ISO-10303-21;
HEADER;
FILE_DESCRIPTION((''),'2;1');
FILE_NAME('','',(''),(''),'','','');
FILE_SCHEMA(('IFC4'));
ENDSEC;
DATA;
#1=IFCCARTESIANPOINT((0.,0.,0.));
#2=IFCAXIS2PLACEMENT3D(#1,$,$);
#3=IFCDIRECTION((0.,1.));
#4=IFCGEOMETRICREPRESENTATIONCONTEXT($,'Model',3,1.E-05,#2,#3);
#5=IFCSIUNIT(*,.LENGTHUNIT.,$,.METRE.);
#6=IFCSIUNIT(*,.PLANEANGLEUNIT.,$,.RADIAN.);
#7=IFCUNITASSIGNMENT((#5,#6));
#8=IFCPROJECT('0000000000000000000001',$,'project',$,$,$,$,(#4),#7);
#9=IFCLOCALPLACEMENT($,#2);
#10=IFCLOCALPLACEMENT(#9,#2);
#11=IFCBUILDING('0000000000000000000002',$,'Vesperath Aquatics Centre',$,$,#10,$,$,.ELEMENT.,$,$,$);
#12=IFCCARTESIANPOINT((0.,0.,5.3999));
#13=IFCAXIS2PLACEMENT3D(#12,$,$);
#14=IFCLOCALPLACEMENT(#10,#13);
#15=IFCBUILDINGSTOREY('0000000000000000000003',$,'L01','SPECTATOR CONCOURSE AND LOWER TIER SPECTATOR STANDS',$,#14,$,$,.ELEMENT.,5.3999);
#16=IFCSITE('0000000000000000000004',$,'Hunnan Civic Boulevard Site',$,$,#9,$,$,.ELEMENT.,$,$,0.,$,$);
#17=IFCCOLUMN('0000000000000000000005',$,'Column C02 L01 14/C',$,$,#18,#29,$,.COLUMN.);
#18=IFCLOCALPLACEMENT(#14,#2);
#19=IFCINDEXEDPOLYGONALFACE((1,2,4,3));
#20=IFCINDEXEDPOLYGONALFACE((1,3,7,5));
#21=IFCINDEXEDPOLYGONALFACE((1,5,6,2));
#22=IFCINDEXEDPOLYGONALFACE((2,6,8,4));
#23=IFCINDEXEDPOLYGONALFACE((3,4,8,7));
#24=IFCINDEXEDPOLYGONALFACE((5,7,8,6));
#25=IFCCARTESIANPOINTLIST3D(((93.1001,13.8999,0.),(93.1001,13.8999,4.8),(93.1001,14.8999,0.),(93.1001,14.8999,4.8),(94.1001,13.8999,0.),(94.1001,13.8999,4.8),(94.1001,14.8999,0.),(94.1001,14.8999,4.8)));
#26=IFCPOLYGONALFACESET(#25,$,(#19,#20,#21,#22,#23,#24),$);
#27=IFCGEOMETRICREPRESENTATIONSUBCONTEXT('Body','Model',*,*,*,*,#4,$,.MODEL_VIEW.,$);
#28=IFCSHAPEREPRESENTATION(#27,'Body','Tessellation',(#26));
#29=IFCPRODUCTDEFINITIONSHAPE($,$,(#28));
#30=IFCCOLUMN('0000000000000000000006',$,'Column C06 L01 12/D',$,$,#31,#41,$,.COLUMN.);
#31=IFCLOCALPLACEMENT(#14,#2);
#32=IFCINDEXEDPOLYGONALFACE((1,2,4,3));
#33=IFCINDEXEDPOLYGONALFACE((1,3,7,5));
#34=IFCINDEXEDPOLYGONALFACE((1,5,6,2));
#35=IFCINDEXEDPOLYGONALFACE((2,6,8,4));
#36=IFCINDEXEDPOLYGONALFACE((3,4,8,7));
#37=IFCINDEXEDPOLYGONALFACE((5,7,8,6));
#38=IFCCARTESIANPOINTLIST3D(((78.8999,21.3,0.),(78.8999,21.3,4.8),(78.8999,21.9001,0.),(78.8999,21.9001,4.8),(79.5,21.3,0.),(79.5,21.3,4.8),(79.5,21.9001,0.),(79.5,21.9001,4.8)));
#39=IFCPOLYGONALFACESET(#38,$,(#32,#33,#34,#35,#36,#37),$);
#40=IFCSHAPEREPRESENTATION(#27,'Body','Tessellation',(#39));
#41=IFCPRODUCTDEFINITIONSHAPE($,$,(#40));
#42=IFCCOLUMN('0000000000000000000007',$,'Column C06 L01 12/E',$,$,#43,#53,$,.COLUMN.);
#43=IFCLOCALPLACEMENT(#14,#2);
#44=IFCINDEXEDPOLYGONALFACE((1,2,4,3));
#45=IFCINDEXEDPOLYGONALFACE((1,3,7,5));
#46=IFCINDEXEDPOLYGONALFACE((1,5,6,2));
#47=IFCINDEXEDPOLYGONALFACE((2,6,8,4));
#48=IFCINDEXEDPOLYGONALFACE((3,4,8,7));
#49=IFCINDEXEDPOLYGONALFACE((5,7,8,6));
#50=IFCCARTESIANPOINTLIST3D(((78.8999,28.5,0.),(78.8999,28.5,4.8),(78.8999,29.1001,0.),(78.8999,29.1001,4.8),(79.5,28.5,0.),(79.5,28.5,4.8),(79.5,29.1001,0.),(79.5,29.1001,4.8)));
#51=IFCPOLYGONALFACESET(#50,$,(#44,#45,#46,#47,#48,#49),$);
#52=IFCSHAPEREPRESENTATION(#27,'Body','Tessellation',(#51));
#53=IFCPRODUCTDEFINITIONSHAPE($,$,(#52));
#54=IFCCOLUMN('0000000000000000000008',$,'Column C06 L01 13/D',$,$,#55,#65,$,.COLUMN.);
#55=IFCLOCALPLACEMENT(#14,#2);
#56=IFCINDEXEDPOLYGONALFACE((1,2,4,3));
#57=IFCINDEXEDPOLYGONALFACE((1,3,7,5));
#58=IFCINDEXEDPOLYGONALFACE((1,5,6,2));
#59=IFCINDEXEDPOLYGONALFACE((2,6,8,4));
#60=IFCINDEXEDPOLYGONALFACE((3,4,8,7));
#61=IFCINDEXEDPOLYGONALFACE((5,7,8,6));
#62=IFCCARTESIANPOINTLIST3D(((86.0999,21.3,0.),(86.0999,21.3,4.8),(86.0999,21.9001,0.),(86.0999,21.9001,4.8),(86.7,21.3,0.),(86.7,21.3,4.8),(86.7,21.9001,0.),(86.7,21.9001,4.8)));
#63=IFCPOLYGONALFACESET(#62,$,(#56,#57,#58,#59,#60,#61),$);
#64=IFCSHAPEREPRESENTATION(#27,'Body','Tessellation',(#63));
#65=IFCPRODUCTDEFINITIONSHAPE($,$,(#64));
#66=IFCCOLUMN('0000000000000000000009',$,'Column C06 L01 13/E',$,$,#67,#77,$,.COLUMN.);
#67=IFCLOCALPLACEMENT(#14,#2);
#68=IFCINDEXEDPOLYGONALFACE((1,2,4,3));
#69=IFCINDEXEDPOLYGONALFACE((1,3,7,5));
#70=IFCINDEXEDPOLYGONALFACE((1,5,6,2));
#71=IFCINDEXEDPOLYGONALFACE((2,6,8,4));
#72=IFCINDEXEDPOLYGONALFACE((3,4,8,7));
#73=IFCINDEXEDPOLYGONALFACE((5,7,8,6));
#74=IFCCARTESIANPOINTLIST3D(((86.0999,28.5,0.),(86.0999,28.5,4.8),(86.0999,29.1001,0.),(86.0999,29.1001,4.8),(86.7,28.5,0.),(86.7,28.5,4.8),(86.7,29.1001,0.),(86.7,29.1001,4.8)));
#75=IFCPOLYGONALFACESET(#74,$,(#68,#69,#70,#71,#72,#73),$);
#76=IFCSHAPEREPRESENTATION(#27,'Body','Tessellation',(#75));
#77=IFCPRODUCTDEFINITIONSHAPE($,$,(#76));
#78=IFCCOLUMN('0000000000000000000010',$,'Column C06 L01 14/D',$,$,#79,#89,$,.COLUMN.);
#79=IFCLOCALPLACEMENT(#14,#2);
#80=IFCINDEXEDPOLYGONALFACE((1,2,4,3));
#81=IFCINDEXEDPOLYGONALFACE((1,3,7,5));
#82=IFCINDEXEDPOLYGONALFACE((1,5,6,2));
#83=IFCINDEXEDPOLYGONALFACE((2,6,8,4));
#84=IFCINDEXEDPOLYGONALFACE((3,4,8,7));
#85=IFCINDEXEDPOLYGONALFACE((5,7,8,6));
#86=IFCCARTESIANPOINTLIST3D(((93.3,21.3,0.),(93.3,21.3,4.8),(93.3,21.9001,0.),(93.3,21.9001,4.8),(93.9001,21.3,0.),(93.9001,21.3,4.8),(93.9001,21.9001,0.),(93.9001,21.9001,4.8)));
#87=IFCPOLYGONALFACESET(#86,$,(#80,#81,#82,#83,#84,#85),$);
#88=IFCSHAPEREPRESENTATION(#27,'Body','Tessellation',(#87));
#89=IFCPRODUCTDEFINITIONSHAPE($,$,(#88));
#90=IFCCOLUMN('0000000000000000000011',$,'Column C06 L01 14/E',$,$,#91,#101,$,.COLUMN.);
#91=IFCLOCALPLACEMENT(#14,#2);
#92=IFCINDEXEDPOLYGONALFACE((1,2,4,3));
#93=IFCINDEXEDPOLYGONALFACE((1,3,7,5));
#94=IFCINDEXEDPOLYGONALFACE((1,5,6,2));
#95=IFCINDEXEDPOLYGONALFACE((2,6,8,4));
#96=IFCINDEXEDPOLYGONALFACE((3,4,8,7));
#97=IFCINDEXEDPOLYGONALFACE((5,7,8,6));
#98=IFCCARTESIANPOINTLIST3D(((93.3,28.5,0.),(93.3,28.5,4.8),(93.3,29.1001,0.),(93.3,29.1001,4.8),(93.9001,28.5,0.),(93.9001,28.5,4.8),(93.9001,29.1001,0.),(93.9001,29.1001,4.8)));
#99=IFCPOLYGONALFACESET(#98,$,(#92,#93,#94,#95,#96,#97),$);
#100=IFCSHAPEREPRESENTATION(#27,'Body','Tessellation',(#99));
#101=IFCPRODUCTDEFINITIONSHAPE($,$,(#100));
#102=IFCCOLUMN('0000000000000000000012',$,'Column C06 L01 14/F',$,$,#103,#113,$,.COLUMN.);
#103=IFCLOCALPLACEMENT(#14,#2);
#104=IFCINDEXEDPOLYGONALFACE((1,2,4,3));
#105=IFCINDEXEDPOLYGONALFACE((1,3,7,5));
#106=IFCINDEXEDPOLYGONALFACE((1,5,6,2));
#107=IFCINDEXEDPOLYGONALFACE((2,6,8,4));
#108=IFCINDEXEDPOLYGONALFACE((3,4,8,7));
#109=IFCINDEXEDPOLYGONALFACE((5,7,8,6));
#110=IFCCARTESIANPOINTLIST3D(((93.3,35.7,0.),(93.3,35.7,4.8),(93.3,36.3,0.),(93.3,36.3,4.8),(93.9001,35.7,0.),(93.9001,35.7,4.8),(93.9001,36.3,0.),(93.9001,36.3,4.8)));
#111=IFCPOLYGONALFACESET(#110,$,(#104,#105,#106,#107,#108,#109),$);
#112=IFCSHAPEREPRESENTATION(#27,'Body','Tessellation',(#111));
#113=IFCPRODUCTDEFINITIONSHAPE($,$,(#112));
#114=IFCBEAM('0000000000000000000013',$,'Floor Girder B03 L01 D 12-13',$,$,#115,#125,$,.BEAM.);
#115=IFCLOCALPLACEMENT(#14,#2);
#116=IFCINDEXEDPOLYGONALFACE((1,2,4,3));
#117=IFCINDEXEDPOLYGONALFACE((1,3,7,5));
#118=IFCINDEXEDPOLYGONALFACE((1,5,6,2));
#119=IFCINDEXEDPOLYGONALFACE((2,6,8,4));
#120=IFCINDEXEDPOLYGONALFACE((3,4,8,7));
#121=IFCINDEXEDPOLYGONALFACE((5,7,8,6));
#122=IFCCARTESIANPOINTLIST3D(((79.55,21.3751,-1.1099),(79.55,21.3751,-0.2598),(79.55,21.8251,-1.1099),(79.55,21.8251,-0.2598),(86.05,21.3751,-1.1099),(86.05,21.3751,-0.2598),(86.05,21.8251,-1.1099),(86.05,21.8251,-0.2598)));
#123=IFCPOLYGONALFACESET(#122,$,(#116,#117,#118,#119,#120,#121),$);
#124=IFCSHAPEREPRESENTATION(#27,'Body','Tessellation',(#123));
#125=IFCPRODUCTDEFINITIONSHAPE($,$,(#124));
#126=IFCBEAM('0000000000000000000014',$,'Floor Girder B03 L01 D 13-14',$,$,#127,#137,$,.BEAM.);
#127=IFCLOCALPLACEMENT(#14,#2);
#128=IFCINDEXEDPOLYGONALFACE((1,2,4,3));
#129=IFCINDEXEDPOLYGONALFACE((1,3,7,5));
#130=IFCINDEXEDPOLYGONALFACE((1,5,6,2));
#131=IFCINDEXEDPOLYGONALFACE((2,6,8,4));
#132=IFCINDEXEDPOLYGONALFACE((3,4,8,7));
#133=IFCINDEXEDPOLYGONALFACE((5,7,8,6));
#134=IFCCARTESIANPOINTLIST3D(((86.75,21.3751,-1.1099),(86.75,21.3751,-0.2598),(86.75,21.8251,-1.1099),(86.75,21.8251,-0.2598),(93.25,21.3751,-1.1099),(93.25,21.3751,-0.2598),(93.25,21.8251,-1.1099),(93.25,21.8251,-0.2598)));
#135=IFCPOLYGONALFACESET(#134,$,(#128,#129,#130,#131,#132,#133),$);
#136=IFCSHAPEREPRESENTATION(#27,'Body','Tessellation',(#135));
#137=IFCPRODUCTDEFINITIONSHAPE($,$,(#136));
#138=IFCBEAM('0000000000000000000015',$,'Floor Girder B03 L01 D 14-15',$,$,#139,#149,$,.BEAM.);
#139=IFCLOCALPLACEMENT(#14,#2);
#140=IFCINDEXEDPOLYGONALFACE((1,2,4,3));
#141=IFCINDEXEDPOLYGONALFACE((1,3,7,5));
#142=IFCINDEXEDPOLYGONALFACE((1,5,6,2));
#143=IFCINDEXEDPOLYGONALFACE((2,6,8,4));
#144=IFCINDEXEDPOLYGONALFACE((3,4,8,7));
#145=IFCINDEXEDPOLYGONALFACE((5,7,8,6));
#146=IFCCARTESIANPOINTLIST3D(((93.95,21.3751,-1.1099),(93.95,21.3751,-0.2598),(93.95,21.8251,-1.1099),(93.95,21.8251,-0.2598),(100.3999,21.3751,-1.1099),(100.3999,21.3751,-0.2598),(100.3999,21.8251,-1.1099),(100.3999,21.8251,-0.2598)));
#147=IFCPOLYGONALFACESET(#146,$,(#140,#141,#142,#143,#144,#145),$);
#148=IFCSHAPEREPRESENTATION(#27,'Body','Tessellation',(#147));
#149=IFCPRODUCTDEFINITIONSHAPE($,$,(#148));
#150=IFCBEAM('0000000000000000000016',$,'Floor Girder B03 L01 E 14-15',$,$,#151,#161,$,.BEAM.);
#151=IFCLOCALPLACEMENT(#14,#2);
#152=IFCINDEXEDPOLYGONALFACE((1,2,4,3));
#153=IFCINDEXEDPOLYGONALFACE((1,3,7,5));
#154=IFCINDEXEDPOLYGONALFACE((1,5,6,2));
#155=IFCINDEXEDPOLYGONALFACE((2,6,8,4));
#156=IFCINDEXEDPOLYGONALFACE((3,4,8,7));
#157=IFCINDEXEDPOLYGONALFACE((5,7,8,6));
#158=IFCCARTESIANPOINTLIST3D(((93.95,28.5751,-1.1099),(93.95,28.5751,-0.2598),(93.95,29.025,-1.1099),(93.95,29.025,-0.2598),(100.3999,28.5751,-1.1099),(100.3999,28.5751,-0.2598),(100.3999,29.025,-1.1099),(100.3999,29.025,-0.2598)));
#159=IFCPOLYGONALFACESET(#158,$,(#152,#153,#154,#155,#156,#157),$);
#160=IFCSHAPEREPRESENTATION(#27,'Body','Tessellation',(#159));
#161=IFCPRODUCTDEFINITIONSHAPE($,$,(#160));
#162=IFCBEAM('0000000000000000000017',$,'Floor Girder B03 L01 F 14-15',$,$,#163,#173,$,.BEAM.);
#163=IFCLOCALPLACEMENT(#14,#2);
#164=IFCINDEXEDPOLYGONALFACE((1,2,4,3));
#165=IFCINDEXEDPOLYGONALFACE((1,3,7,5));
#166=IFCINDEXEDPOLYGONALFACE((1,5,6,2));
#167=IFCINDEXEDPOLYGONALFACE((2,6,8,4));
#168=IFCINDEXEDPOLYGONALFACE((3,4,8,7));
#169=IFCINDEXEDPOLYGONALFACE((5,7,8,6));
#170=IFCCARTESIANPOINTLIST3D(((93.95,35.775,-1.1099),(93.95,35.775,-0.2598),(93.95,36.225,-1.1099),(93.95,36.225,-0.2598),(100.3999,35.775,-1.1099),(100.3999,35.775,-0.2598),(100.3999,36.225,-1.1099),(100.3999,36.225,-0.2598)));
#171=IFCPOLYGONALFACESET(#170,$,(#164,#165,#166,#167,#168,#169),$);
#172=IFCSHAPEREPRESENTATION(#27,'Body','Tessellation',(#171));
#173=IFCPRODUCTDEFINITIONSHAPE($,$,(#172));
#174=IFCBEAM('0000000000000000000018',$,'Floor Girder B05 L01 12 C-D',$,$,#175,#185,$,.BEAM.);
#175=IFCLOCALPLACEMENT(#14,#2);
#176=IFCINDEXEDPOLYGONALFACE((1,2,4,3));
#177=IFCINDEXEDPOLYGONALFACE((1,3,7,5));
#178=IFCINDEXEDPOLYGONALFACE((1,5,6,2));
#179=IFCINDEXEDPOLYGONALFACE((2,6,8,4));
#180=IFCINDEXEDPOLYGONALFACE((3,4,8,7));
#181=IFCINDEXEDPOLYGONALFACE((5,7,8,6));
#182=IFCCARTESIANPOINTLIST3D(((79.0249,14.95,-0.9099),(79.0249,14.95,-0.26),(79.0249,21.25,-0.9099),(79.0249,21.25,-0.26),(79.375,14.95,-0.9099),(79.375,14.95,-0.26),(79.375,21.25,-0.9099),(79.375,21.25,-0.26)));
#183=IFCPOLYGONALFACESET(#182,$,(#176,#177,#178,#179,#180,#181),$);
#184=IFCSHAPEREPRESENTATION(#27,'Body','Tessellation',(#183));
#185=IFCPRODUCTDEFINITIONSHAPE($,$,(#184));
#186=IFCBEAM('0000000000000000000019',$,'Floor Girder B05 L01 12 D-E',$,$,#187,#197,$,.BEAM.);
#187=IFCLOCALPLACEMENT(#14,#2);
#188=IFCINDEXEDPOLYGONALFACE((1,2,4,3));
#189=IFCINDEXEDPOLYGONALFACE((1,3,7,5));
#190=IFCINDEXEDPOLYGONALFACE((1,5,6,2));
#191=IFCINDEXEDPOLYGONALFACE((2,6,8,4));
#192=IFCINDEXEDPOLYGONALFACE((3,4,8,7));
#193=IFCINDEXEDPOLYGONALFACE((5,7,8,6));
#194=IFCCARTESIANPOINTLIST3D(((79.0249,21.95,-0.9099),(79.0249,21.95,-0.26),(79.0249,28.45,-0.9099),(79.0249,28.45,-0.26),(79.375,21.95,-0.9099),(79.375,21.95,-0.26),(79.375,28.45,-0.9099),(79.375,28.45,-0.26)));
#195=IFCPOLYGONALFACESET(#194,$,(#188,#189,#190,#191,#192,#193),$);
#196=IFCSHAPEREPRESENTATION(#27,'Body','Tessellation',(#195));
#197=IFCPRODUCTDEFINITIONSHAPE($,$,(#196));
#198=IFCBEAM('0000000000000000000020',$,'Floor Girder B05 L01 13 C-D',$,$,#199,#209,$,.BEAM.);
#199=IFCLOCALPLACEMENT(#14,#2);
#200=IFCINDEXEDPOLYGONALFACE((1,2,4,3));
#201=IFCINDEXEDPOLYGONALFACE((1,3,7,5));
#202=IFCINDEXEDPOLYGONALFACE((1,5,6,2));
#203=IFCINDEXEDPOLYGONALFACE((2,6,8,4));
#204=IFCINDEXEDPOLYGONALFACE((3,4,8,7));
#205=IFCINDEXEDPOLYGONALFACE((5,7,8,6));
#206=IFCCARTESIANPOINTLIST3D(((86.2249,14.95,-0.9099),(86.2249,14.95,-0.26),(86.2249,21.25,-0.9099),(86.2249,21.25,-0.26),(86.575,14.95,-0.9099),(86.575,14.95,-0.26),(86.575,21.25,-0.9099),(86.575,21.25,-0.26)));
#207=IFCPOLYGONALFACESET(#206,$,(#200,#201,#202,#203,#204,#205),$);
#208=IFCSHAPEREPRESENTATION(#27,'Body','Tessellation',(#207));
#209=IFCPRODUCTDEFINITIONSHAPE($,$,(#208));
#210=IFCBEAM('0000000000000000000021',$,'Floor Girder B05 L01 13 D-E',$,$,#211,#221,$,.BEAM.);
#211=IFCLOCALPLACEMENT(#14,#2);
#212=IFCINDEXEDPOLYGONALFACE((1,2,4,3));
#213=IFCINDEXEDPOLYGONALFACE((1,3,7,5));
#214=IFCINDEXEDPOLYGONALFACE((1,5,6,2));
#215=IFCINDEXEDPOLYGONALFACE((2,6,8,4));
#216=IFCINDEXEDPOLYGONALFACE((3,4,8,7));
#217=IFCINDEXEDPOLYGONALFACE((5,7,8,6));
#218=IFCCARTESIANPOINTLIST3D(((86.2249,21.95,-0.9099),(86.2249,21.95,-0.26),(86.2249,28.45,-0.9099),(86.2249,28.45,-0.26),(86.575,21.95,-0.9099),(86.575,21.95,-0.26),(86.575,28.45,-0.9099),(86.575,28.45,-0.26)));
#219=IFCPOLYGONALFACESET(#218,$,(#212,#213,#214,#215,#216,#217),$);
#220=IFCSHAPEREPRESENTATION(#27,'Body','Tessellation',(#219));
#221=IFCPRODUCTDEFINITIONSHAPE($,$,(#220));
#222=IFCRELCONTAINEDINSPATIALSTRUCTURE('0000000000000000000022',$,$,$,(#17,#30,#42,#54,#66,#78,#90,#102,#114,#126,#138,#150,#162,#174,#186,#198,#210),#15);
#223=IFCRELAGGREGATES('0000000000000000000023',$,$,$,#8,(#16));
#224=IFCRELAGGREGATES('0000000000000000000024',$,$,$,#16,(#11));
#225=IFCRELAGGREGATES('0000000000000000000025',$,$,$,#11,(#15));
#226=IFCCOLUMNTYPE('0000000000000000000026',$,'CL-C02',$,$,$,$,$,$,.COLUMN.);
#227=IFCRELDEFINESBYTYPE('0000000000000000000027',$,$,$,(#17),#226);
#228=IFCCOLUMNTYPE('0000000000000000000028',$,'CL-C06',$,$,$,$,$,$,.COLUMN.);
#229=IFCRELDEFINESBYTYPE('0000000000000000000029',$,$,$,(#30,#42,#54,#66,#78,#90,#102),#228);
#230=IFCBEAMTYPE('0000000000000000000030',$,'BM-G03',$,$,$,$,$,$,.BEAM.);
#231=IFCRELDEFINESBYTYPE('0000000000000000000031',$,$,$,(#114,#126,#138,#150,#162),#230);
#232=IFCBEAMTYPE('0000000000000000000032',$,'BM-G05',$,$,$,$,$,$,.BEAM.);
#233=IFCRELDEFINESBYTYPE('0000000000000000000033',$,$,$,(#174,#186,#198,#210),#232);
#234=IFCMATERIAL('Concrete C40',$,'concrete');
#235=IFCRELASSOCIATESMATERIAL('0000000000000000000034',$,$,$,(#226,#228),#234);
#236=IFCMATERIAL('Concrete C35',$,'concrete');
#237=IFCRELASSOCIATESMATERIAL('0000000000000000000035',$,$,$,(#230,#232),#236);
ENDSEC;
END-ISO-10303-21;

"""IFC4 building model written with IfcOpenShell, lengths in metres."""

from ifc_helpers import new_model, si_unit, direction, frame, origin, origin_2d, place, context, subcontext, project, spatial, rectangle, extrude, material, material_profile, profile_set, type_object, element, save


model = new_model("IFC4")

# Units and contexts
model_context = context("Model", 3, precision=1e-05, world=origin(), true_north=direction((0.0, 1.0)))
body_context = subcontext(model_context, "Body", "Model", "MODEL_VIEW")
ifc_project = project(units=[si_unit("LENGTHUNIT", "METRE"), si_unit("PLANEANGLEUNIT", "RADIAN")], contexts=[model_context])

# Site, building, storey
site_placement = place(None, origin())
site = spatial("IfcSite", under=ifc_project, at=site_placement, Name="Hunnan Civic Boulevard Site", CompositionType="ELEMENT", RefElevation=0.0)
building_placement = place(site_placement, origin())
building = spatial("IfcBuilding", under=site, at=building_placement, Name="Vesperath Aquatics Centre", CompositionType="ELEMENT")
storey_placement = place(building_placement, frame((0.0, 0.0, 5.3999)))
storey = spatial("IfcBuildingStorey", under=building, at=storey_placement, Name="L01", Description="SPECTATOR CONCOURSE AND LOWER TIER SPECTATOR STANDS", CompositionType="ELEMENT", Elevation=5.3999)

# Columns
ifc_material_1 = material(Name="Concrete C40", Category="concrete")
ifc_material_profile_1 = material_profile(ifc_material_1, rectangle(XDim=1.0, YDim=1.0, at=origin_2d()), Name="RC 1000x1000")
ifc_profile_set_1 = profile_set([ifc_material_profile_1], Name="Concrete C40")
column_type_1 = type_object("IfcColumnType", Name="CL-C02", PredefinedType="COLUMN", material=ifc_profile_set_1)
column_placement = place(storey_placement, frame((93.6001, 14.3999, 0.0), z_axis=(0.0, 0.0, 1.0), x_axis=(1.0, 0.0, 0.0)))
element("IfcColumn", 1, at=column_placement, inside=storey, type_object=column_type_1, Name="Column C02 L01 14/C", PredefinedType="COLUMN", context=body_context, shape_type="SweptSolid", body=[
    extrude(rectangle(XDim=1.0, YDim=1.0, at=origin_2d()), origin(), (0.0, 0.0, 1.0), 4.8),
])
ifc_material_profile_2 = material_profile(ifc_material_1, rectangle(XDim=0.6001, YDim=0.6001, at=origin_2d()), Name="RC 600x600")
ifc_profile_set_2 = profile_set([ifc_material_profile_2], Name="Concrete C40")
column_type_2 = type_object("IfcColumnType", Name="CL-C06", PredefinedType="COLUMN", material=ifc_profile_set_2)
for number, where, z_axis, x_axis, name in (
    (2, (79.2, 21.6001, 0.0), (0.0, 0.0, 1.0), (1.0, 0.0, 0.0), "Column C06 L01 12/D"),
    (3, (79.2, 28.8, 0.0), (0.0, 0.0, 1.0), (1.0, 0.0, 0.0), "Column C06 L01 12/E"),
    (4, (86.3999, 21.6001, 0.0), (0.0, 0.0, 1.0), (1.0, 0.0, 0.0), "Column C06 L01 13/D"),
    (5, (86.3999, 28.8, 0.0), (0.0, 0.0, 1.0), (1.0, 0.0, 0.0), "Column C06 L01 13/E"),
    (6, (93.6001, 21.6001, 0.0), (0.0, 0.0, 1.0), (1.0, 0.0, 0.0), "Column C06 L01 14/D"),
    (7, (93.6001, 28.8, 0.0), (0.0, 0.0, 1.0), (1.0, 0.0, 0.0), "Column C06 L01 14/E"),
    (8, (93.6001, 36.0, 0.0), (0.0, 0.0, 1.0), (1.0, 0.0, 0.0), "Column C06 L01 14/F"),
):
    element("IfcColumn", number, at=place(storey_placement, frame(where, z_axis=z_axis, x_axis=x_axis)), inside=storey, type_object=column_type_2, Name=name, PredefinedType="COLUMN", context=body_context, shape_type="SweptSolid", body=[
        extrude(rectangle(XDim=0.6001, YDim=0.6001, at=origin_2d()), origin(), (0.0, 0.0, 1.0), 4.8),
    ])

# Beams
ifc_material_2 = material(Name="Concrete C35", Category="concrete")
ifc_material_profile_3 = material_profile(ifc_material_2, rectangle(XDim=0.45, YDim=0.8501, at=origin_2d()), Name="RC 450x850")
ifc_profile_set_3 = profile_set([ifc_material_profile_3], Name="Concrete C35")
beam_type_1 = type_object("IfcBeamType", Name="BM-G03", PredefinedType="BEAM", material=ifc_profile_set_3)
for number, where, z_axis, x_axis, name in (
    (9, (79.55, 21.6001, -0.6848), (1.0, 0.0, 0.0), (0.0, 1.0, 0.0), "Floor Girder B03 L01 D 12-13"),
    (10, (86.75, 21.6001, -0.6848), (1.0, 0.0, 0.0), (0.0, 1.0, 0.0), "Floor Girder B03 L01 D 13-14"),
):
    element("IfcBeam", number, at=place(storey_placement, frame(where, z_axis=z_axis, x_axis=x_axis)), inside=storey, type_object=beam_type_1, Name=name, PredefinedType="BEAM", context=body_context, shape_type="SweptSolid", body=[
        extrude(rectangle(XDim=0.45, YDim=0.8501, at=origin_2d()), origin(), (0.0, 0.0, 1.0), 6.5),
    ])
for number, where, z_axis, x_axis, name in (
    (11, (93.95, 21.6001, -0.6848), (1.0, 0.0, 0.0), (0.0, 1.0, 0.0), "Floor Girder B03 L01 D 14-15"),
    (12, (93.95, 28.8, -0.6848), (1.0, 0.0, 0.0), (0.0, 1.0, 0.0), "Floor Girder B03 L01 E 14-15"),
    (13, (93.95, 36.0, -0.6848), (1.0, 0.0, 0.0), (0.0, 1.0, 0.0), "Floor Girder B03 L01 F 14-15"),
):
    element("IfcBeam", number, at=place(storey_placement, frame(where, z_axis=z_axis, x_axis=x_axis)), inside=storey, type_object=beam_type_1, Name=name, PredefinedType="BEAM", context=body_context, shape_type="SweptSolid", body=[
        extrude(rectangle(XDim=0.45, YDim=0.8501, at=origin_2d()), origin(), (0.0, 0.0, 1.0), 6.45),
    ])
ifc_material_profile_4 = material_profile(ifc_material_2, rectangle(XDim=0.3501, YDim=0.6499, at=origin_2d()), Name="RC 350x650")
ifc_profile_set_4 = profile_set([ifc_material_profile_4], Name="Concrete C35")
beam_type_2 = type_object("IfcBeamType", Name="BM-G05", PredefinedType="BEAM", material=ifc_profile_set_4)
beam_1_placement = place(storey_placement, frame((79.2, 14.95, -0.585), z_axis=(0.0, 1.0, 0.0), x_axis=(-1.0, 0.0, 0.0)))
element("IfcBeam", 14, at=beam_1_placement, inside=storey, type_object=beam_type_2, Name="Floor Girder B05 L01 12 C-D", PredefinedType="BEAM", context=body_context, shape_type="SweptSolid", body=[
    extrude(rectangle(XDim=0.3501, YDim=0.6499, at=origin_2d()), origin(), (0.0, 0.0, 1.0), 6.3),
])
beam_2_placement = place(storey_placement, frame((79.2, 21.95, -0.585), z_axis=(0.0, 1.0, 0.0), x_axis=(-1.0, 0.0, 0.0)))
element("IfcBeam", 15, at=beam_2_placement, inside=storey, type_object=beam_type_2, Name="Floor Girder B05 L01 12 D-E", PredefinedType="BEAM", context=body_context, shape_type="SweptSolid", body=[
    extrude(rectangle(XDim=0.3501, YDim=0.6499, at=origin_2d()), origin(), (0.0, 0.0, 1.0), 6.5),
])
beam_3_placement = place(storey_placement, frame((86.3999, 14.95, -0.585), z_axis=(0.0, 1.0, 0.0), x_axis=(-1.0, 0.0, 0.0)))
element("IfcBeam", 16, at=beam_3_placement, inside=storey, type_object=beam_type_2, Name="Floor Girder B05 L01 13 C-D", PredefinedType="BEAM", context=body_context, shape_type="SweptSolid", body=[
    extrude(rectangle(XDim=0.3501, YDim=0.6499, at=origin_2d()), origin(), (0.0, 0.0, 1.0), 6.3),
])
beam_4_placement = place(storey_placement, frame((86.3999, 21.95, -0.585), z_axis=(0.0, 1.0, 0.0), x_axis=(-1.0, 0.0, 0.0)))
element("IfcBeam", 17, at=beam_4_placement, inside=storey, type_object=beam_type_2, Name="Floor Girder B05 L01 13 D-E", PredefinedType="BEAM", context=body_context, shape_type="SweptSolid", body=[
    extrude(rectangle(XDim=0.3501, YDim=0.6499, at=origin_2d()), origin(), (0.0, 0.0, 1.0), 6.5),
])

save(model, "model.ifc")
